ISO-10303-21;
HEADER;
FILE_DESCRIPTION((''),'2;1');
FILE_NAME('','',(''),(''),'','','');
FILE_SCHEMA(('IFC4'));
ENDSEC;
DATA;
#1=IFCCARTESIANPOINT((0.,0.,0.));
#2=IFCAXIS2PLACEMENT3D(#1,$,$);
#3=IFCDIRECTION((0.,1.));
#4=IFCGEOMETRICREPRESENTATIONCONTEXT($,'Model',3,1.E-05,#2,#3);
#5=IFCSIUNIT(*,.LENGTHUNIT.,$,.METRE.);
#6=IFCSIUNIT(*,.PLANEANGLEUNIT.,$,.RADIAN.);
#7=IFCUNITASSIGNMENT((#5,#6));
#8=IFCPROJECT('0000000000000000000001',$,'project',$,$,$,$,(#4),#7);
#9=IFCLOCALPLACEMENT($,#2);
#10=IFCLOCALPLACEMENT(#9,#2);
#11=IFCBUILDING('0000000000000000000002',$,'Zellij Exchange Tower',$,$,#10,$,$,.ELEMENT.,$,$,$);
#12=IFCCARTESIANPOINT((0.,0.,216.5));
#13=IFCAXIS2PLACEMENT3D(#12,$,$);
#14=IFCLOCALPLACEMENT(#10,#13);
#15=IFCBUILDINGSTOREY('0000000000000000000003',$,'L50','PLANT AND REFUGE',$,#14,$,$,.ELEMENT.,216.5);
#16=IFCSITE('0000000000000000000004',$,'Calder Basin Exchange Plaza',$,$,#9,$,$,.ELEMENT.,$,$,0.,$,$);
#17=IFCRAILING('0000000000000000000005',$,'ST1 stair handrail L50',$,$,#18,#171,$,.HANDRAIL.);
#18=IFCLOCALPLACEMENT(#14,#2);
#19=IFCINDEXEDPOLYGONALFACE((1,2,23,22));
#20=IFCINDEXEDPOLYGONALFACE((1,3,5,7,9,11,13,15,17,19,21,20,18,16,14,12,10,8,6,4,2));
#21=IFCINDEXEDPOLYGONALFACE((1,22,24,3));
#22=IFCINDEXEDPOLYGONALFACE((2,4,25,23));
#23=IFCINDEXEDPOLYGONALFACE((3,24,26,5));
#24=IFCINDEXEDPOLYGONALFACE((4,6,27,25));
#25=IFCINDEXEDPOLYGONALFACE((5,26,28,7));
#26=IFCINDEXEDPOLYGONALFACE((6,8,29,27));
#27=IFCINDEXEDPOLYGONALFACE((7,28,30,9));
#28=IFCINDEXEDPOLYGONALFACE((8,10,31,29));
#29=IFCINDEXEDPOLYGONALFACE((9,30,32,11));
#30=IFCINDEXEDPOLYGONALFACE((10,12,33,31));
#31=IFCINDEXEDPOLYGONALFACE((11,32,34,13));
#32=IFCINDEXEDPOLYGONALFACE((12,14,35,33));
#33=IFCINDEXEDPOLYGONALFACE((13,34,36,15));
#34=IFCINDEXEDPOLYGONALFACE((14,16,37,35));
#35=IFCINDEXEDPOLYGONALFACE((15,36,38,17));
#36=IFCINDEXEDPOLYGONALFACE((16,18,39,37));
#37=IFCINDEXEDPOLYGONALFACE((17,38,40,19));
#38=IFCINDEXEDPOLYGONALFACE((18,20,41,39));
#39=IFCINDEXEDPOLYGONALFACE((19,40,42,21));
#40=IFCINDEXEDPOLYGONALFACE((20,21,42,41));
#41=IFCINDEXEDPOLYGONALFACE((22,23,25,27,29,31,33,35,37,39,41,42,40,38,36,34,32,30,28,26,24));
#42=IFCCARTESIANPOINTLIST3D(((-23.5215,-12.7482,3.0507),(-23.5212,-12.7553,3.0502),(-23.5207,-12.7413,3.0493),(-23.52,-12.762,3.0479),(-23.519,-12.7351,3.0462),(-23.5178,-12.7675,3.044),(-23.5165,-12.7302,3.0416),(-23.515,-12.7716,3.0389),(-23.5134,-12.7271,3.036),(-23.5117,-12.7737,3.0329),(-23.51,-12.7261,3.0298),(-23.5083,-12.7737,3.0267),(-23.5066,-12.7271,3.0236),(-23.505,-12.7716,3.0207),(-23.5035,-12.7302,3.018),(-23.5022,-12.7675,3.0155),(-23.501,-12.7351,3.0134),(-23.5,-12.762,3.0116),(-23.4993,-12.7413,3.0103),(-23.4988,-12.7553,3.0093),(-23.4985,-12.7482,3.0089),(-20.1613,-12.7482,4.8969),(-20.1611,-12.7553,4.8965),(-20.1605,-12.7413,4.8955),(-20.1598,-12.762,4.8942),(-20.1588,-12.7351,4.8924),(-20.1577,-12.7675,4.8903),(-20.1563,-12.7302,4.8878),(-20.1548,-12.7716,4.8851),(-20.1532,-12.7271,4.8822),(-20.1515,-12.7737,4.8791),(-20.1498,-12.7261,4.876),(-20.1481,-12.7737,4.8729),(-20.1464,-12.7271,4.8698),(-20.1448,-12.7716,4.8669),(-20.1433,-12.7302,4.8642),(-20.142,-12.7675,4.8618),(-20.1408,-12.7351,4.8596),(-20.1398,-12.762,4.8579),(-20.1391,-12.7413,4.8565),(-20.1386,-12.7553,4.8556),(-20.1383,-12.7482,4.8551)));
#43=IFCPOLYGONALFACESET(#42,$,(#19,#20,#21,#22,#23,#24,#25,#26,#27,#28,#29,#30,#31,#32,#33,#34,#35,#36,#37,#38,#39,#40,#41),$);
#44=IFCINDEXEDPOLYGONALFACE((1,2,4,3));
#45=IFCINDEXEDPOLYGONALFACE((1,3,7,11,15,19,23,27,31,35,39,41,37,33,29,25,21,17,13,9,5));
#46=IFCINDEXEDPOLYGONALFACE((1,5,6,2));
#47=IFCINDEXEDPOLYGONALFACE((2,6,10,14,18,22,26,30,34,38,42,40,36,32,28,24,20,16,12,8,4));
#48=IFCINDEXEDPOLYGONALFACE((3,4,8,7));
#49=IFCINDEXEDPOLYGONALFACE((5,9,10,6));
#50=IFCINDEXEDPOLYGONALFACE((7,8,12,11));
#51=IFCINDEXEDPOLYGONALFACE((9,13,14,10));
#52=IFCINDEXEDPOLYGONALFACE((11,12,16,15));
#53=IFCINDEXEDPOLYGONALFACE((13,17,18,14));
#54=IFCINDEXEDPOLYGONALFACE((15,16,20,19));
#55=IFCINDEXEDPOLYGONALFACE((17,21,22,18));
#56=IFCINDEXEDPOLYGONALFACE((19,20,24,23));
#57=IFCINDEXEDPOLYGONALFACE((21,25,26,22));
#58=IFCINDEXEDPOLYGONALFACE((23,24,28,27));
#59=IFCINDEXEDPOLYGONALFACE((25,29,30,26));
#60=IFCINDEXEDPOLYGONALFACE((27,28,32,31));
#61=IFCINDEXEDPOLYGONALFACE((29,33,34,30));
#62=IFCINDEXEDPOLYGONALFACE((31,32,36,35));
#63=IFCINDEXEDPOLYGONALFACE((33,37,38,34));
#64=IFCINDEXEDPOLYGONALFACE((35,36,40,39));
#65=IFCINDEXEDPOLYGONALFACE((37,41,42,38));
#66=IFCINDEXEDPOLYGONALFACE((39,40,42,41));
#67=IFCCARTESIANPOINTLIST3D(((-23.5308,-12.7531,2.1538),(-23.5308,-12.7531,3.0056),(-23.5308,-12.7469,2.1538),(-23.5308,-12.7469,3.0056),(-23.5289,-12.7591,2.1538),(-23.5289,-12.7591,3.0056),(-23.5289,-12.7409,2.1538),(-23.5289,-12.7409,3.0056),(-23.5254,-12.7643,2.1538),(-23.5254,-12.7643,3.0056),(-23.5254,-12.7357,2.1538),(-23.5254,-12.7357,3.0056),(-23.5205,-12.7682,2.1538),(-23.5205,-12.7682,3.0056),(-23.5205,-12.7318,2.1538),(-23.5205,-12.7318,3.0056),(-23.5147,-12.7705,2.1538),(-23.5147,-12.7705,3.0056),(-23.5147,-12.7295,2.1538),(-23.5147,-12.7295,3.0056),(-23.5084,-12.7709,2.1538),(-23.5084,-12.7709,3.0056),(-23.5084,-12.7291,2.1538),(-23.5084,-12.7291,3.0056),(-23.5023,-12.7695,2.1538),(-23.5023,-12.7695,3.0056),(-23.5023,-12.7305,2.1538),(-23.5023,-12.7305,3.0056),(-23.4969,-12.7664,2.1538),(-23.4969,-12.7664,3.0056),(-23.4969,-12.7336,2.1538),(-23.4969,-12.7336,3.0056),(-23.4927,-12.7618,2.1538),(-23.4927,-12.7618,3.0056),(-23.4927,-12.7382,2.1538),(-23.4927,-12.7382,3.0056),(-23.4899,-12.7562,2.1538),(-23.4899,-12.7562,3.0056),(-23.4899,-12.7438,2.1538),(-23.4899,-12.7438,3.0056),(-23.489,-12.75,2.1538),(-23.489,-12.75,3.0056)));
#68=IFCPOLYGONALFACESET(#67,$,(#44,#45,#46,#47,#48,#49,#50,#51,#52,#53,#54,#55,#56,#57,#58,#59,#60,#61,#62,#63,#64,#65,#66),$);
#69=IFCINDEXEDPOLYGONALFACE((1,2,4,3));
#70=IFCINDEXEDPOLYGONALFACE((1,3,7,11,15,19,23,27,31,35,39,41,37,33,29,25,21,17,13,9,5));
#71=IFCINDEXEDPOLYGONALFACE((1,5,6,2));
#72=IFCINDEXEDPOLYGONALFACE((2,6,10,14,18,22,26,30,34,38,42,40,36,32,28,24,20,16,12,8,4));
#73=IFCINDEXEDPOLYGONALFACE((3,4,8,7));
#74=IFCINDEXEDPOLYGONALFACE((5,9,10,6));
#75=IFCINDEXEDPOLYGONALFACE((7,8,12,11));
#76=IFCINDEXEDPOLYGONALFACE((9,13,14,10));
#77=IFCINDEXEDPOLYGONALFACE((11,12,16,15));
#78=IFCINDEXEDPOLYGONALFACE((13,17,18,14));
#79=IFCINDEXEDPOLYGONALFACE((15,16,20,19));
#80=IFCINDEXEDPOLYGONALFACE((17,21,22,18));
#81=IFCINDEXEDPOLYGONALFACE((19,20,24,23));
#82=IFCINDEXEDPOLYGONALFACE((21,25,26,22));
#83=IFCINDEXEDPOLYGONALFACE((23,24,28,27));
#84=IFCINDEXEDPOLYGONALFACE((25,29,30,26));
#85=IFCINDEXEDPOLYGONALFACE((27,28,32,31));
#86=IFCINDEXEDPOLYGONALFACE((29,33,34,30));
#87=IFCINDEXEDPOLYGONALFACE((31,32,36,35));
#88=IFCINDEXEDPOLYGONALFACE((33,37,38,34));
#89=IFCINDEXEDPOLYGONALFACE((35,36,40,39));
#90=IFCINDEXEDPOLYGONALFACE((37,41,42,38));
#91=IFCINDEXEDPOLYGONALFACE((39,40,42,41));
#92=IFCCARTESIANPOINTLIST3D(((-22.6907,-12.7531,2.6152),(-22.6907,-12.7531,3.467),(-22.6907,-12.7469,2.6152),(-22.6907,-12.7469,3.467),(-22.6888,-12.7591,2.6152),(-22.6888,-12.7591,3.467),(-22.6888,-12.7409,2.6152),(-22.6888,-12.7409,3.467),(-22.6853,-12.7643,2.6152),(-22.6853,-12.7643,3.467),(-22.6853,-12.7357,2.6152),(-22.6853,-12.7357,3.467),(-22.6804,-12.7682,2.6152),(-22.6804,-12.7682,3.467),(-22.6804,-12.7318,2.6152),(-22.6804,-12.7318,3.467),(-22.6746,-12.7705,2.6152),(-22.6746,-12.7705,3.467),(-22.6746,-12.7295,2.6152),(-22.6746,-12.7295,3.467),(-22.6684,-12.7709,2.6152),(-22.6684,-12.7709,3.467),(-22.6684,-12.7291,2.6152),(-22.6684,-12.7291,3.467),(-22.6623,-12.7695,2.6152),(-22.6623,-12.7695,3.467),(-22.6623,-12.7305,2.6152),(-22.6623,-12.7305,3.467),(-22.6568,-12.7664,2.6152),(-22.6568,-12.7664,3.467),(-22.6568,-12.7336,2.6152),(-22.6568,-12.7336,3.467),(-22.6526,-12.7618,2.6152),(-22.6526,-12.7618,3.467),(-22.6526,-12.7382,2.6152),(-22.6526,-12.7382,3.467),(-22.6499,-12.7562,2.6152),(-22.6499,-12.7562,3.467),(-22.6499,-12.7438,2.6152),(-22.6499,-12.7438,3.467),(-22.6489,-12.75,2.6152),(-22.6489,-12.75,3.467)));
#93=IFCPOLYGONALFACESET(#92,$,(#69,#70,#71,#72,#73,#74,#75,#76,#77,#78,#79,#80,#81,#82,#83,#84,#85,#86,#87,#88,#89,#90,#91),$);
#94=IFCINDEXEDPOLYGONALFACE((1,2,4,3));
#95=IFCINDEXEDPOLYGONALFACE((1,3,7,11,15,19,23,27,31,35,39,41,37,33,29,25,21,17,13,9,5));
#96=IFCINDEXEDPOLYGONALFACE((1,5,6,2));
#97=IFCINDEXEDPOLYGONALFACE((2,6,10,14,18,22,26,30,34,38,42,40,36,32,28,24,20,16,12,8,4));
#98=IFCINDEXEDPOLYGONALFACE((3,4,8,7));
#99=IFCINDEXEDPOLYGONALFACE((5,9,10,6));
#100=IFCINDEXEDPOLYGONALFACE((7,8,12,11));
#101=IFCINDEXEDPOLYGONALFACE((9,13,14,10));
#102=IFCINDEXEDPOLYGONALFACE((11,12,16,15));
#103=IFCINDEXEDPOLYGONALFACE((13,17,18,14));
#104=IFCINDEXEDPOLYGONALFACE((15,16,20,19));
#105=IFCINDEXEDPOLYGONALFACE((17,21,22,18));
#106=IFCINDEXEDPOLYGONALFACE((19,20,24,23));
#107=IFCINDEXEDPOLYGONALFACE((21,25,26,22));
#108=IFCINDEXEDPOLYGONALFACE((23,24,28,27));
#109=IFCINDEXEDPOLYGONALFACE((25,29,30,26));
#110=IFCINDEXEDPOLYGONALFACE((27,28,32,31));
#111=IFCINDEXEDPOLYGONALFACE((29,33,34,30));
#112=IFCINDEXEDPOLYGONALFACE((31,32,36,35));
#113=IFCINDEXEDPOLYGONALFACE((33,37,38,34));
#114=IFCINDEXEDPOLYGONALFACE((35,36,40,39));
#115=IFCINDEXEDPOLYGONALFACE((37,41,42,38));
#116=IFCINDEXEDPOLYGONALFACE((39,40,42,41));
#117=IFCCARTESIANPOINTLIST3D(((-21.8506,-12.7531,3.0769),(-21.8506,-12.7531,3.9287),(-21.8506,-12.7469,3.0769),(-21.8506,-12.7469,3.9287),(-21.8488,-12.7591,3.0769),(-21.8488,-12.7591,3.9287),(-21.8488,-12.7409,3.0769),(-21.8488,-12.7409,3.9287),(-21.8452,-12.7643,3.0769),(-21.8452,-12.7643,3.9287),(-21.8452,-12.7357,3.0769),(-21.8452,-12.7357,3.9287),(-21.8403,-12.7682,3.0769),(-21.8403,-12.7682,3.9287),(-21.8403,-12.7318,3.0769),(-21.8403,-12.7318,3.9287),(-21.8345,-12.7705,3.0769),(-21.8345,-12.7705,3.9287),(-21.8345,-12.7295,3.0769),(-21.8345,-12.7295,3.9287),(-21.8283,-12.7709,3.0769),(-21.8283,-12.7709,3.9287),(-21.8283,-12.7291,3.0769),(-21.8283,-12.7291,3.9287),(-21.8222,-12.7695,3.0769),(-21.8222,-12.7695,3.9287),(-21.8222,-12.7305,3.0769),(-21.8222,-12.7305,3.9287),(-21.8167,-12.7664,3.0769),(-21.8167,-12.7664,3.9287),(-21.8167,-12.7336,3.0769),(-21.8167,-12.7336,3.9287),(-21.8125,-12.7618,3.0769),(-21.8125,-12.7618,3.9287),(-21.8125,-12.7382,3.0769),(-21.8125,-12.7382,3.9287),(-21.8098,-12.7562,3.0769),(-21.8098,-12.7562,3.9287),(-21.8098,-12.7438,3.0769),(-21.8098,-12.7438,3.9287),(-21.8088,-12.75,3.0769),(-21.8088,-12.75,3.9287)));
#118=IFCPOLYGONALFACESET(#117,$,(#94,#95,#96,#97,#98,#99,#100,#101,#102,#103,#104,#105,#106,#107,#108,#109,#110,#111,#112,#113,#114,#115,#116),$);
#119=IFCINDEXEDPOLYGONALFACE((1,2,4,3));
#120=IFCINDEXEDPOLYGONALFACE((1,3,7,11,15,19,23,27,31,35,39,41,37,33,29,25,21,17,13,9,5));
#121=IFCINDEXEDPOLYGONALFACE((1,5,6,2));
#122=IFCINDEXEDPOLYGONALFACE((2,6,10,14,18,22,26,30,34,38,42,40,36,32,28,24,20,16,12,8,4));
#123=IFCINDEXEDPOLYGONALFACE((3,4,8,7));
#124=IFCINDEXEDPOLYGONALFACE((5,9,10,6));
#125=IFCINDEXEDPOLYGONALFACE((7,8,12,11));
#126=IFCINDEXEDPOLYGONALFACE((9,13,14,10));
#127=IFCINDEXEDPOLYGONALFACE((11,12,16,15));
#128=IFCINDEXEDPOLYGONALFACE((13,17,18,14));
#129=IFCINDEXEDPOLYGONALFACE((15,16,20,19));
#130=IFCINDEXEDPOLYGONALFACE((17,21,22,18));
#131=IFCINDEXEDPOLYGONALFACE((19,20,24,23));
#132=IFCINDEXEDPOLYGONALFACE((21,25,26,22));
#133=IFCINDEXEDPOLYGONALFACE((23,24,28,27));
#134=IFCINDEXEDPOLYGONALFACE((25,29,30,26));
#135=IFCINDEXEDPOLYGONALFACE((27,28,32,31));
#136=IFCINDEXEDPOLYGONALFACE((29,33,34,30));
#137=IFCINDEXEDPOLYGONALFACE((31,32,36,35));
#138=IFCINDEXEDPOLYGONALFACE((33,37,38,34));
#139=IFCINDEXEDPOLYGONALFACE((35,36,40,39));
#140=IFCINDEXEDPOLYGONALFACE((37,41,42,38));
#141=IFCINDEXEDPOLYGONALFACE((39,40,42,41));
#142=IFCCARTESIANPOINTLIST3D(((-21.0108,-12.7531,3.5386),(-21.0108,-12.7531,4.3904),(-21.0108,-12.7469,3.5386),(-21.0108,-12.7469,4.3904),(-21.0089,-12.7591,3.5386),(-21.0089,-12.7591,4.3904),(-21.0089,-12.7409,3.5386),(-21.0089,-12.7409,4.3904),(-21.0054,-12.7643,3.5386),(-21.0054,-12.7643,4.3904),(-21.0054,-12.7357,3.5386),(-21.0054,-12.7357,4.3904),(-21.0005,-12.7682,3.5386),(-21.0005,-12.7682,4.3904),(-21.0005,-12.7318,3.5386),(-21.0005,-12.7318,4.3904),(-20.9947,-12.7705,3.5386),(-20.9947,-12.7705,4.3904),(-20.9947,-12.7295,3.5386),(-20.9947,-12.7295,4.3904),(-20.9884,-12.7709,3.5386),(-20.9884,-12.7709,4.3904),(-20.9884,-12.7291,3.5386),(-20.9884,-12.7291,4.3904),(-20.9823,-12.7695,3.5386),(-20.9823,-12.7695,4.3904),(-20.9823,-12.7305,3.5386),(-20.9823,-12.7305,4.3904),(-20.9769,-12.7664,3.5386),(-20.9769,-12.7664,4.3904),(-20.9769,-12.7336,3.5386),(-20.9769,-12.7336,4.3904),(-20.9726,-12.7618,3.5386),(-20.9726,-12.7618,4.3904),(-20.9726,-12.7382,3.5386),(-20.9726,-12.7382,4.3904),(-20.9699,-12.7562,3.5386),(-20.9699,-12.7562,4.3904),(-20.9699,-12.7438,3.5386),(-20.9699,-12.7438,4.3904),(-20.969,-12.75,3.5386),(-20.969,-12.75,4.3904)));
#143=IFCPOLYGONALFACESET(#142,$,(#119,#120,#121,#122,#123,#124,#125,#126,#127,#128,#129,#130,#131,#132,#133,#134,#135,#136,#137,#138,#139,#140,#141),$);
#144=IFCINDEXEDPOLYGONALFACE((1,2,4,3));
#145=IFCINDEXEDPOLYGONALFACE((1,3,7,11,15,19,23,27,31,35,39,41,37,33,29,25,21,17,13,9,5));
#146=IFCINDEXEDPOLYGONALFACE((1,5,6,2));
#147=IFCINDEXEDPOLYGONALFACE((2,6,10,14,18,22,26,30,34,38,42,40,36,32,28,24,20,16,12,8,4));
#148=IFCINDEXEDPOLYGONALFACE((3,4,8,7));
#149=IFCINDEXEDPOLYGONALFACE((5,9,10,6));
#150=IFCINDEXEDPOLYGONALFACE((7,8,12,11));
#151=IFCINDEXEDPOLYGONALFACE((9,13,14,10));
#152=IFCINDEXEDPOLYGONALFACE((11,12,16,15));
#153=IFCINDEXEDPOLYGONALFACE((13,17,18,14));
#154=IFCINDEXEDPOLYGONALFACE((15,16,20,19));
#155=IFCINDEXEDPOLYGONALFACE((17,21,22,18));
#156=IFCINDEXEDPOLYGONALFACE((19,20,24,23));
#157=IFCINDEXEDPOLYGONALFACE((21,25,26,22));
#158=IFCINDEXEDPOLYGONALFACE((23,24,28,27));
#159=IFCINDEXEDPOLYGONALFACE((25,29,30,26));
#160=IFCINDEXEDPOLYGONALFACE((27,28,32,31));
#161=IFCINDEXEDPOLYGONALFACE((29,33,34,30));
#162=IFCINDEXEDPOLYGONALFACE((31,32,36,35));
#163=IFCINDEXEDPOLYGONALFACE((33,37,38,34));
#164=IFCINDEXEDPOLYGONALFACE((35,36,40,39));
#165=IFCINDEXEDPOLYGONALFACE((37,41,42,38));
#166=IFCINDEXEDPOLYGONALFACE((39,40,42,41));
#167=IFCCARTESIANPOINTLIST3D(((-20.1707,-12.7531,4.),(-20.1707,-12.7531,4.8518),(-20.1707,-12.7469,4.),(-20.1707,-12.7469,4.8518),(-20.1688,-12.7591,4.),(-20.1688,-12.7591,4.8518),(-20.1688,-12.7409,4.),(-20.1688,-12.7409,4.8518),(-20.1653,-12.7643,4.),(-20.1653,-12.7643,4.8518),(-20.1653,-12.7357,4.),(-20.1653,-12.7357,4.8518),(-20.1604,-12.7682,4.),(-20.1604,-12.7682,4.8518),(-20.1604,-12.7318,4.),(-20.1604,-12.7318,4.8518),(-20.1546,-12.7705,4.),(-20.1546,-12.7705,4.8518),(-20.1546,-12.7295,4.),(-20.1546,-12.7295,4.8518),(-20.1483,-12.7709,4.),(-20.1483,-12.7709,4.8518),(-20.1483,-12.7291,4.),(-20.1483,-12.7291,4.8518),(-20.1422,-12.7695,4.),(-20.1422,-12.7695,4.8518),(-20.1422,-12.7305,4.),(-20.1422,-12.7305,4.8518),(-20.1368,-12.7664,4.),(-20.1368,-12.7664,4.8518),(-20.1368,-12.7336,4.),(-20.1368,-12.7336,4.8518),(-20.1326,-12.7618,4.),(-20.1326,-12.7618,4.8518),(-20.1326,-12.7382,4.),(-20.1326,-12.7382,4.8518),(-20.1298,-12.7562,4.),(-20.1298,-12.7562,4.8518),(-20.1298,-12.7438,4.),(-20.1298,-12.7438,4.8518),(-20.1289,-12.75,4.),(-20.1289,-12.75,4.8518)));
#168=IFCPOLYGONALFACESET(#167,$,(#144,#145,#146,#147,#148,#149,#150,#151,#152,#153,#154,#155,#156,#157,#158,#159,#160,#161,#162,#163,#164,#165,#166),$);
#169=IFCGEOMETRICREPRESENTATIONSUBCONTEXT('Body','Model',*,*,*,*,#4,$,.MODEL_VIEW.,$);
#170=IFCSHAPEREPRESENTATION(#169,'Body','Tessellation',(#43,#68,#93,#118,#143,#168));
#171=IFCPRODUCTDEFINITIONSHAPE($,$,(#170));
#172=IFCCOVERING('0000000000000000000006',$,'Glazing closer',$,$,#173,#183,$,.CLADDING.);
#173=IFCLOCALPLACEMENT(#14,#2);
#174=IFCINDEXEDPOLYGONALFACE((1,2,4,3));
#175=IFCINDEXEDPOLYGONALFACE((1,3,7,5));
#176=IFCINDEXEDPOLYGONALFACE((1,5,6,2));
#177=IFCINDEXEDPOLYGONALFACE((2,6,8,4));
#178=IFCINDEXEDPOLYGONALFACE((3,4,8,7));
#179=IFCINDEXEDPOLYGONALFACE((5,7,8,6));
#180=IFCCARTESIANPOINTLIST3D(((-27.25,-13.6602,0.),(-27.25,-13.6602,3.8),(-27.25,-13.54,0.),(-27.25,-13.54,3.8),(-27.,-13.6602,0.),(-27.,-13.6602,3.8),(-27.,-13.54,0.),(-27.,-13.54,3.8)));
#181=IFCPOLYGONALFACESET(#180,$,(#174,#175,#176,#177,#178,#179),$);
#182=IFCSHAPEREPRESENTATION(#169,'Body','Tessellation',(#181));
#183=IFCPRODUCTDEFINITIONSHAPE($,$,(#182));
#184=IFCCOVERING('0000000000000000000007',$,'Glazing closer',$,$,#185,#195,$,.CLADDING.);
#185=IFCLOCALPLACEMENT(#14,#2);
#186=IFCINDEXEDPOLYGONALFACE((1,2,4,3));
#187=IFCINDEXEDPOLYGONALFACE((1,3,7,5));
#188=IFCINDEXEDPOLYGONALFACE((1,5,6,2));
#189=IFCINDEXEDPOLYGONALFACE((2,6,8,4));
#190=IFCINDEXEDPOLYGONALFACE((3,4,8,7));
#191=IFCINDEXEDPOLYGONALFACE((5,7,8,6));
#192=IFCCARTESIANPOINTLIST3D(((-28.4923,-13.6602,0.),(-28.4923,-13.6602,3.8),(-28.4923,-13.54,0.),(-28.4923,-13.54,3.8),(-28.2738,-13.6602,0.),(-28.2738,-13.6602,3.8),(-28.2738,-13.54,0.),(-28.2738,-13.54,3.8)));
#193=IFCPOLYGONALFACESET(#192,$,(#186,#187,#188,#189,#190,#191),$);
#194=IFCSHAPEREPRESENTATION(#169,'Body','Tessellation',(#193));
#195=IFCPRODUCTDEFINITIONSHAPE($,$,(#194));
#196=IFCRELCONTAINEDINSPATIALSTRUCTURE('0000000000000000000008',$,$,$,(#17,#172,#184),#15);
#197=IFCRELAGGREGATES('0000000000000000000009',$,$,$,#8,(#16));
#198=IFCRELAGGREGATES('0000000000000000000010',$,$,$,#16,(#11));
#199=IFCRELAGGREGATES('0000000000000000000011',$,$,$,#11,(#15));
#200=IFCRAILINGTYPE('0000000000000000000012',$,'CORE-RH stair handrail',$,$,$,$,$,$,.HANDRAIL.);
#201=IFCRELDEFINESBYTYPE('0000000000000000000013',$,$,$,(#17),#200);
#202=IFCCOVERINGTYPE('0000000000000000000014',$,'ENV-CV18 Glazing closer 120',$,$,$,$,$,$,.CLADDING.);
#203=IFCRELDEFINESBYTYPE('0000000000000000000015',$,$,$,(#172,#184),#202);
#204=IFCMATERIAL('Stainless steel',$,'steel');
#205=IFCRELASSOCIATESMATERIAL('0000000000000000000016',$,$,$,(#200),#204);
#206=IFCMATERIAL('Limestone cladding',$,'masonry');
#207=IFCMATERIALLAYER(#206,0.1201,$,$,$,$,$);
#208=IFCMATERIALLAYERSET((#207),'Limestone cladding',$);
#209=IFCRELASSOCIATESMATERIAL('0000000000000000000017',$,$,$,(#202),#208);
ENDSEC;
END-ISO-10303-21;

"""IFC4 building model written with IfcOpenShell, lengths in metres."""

from ifc_helpers import new_model, si_unit, direction, frame, origin, origin_2d, place, context, subcontext, project, spatial, rectangle, circle, extrude, material, layer, layer_set, type_object, element, save


model = new_model("IFC4")

# Units and contexts
model_context = context("Model", 3, precision=1e-05, world=origin(), true_north=direction((0.0, 1.0)))
body_context = subcontext(model_context, "Body", "Model", "MODEL_VIEW")
ifc_project = project(units=[si_unit("LENGTHUNIT", "METRE"), si_unit("PLANEANGLEUNIT", "RADIAN")], contexts=[model_context])

# Site, building, storey
site_placement = place(None, origin())
site = spatial("IfcSite", under=ifc_project, at=site_placement, Name="Calder Basin Exchange Plaza", CompositionType="ELEMENT", RefElevation=0.0)
building_placement = place(site_placement, origin())
building = spatial("IfcBuilding", under=site, at=building_placement, Name="Zellij Exchange Tower", CompositionType="ELEMENT")
storey_placement = place(building_placement, frame((0.0, 0.0, 216.5)))
storey = spatial("IfcBuildingStorey", under=building, at=storey_placement, Name="L50", Description="PLANT AND REFUGE", CompositionType="ELEMENT", Elevation=216.5)

# Railing
ifc_material_1 = material(Name="Stainless steel", Category="steel")
railing_type = type_object("IfcRailingType", Name="CORE-RH stair handrail", PredefinedType="HANDRAIL", material=ifc_material_1)
railing_placement = place(storey_placement, frame((-23.51, -12.75, 2.1538)))
element("IfcRailing", 1, at=railing_placement, inside=storey, type_object=railing_type, Name="ST1 stair handrail L50", PredefinedType="HANDRAIL", context=body_context, shape_type="SweptSolid", body=[
    extrude(circle(Radius=0.0239, at=origin_2d()), frame((0.0, 0.0, 0.876), z_axis=(0.876422, 0.0, 0.481545), x_axis=(0.0, 1.0, 0.0)), (0.0, 0.0, 1.0), 3.834),
    extrude(circle(Radius=0.021, at=origin_2d()), origin(), (0.0, 0.0, 1.0), 0.8518),
    extrude(circle(Radius=0.021, at=origin_2d()), frame((0.8401, 0.0, 0.4614)), (0.0, 0.0, 1.0), 0.8518),
    extrude(circle(Radius=0.021, at=origin_2d()), frame((1.6802, 0.0, 0.9231)), (0.0, 0.0, 1.0), 0.8518),
    extrude(circle(Radius=0.021, at=origin_2d()), frame((2.52, 0.0, 1.3848)), (0.0, 0.0, 1.0), 0.8518),
    extrude(circle(Radius=0.021, at=origin_2d()), frame((3.3601, 0.0, 1.8462)), (0.0, 0.0, 1.0), 0.8518),
])

# Coverings
ifc_material_2 = material(Name="Limestone cladding", Category="masonry")
ifc_layer_1 = layer(ifc_material_2, 0.1201)
ifc_layer_set_1 = layer_set([ifc_layer_1], Name="Limestone cladding")
covering_type_1 = type_object("IfcCoveringType", Name="ENV-CV18 Glazing closer 120", PredefinedType="CLADDING", material=ifc_layer_set_1)
covering_1_placement = place(storey_placement, frame((-27.125, -13.6001, 0.0), z_axis=(0.0, 0.0, 1.0), x_axis=(1.0, 0.0, 0.0)))
element("IfcCovering", 2, at=covering_1_placement, inside=storey, type_object=covering_type_1, Name="Glazing closer", PredefinedType="CLADDING", context=body_context, shape_type="SweptSolid", body=[
    extrude(rectangle(XDim=0.25, YDim=0.1201, at=origin_2d()), origin(), (0.0, 0.0, 1.0), 3.8),
])
covering_2_placement = place(storey_placement, frame((-28.3831, -13.6001, 0.0), z_axis=(0.0, 0.0, 1.0), x_axis=(-1.0, 0.0, 0.0)))
element("IfcCovering", 3, at=covering_2_placement, inside=storey, type_object=covering_type_1, Name="Glazing closer", PredefinedType="CLADDING", context=body_context, shape_type="SweptSolid", body=[
    extrude(rectangle(XDim=0.2185, YDim=0.1201, at=origin_2d()), origin(), (0.0, 0.0, 1.0), 3.8),
])

save(model, "model.ifc")
